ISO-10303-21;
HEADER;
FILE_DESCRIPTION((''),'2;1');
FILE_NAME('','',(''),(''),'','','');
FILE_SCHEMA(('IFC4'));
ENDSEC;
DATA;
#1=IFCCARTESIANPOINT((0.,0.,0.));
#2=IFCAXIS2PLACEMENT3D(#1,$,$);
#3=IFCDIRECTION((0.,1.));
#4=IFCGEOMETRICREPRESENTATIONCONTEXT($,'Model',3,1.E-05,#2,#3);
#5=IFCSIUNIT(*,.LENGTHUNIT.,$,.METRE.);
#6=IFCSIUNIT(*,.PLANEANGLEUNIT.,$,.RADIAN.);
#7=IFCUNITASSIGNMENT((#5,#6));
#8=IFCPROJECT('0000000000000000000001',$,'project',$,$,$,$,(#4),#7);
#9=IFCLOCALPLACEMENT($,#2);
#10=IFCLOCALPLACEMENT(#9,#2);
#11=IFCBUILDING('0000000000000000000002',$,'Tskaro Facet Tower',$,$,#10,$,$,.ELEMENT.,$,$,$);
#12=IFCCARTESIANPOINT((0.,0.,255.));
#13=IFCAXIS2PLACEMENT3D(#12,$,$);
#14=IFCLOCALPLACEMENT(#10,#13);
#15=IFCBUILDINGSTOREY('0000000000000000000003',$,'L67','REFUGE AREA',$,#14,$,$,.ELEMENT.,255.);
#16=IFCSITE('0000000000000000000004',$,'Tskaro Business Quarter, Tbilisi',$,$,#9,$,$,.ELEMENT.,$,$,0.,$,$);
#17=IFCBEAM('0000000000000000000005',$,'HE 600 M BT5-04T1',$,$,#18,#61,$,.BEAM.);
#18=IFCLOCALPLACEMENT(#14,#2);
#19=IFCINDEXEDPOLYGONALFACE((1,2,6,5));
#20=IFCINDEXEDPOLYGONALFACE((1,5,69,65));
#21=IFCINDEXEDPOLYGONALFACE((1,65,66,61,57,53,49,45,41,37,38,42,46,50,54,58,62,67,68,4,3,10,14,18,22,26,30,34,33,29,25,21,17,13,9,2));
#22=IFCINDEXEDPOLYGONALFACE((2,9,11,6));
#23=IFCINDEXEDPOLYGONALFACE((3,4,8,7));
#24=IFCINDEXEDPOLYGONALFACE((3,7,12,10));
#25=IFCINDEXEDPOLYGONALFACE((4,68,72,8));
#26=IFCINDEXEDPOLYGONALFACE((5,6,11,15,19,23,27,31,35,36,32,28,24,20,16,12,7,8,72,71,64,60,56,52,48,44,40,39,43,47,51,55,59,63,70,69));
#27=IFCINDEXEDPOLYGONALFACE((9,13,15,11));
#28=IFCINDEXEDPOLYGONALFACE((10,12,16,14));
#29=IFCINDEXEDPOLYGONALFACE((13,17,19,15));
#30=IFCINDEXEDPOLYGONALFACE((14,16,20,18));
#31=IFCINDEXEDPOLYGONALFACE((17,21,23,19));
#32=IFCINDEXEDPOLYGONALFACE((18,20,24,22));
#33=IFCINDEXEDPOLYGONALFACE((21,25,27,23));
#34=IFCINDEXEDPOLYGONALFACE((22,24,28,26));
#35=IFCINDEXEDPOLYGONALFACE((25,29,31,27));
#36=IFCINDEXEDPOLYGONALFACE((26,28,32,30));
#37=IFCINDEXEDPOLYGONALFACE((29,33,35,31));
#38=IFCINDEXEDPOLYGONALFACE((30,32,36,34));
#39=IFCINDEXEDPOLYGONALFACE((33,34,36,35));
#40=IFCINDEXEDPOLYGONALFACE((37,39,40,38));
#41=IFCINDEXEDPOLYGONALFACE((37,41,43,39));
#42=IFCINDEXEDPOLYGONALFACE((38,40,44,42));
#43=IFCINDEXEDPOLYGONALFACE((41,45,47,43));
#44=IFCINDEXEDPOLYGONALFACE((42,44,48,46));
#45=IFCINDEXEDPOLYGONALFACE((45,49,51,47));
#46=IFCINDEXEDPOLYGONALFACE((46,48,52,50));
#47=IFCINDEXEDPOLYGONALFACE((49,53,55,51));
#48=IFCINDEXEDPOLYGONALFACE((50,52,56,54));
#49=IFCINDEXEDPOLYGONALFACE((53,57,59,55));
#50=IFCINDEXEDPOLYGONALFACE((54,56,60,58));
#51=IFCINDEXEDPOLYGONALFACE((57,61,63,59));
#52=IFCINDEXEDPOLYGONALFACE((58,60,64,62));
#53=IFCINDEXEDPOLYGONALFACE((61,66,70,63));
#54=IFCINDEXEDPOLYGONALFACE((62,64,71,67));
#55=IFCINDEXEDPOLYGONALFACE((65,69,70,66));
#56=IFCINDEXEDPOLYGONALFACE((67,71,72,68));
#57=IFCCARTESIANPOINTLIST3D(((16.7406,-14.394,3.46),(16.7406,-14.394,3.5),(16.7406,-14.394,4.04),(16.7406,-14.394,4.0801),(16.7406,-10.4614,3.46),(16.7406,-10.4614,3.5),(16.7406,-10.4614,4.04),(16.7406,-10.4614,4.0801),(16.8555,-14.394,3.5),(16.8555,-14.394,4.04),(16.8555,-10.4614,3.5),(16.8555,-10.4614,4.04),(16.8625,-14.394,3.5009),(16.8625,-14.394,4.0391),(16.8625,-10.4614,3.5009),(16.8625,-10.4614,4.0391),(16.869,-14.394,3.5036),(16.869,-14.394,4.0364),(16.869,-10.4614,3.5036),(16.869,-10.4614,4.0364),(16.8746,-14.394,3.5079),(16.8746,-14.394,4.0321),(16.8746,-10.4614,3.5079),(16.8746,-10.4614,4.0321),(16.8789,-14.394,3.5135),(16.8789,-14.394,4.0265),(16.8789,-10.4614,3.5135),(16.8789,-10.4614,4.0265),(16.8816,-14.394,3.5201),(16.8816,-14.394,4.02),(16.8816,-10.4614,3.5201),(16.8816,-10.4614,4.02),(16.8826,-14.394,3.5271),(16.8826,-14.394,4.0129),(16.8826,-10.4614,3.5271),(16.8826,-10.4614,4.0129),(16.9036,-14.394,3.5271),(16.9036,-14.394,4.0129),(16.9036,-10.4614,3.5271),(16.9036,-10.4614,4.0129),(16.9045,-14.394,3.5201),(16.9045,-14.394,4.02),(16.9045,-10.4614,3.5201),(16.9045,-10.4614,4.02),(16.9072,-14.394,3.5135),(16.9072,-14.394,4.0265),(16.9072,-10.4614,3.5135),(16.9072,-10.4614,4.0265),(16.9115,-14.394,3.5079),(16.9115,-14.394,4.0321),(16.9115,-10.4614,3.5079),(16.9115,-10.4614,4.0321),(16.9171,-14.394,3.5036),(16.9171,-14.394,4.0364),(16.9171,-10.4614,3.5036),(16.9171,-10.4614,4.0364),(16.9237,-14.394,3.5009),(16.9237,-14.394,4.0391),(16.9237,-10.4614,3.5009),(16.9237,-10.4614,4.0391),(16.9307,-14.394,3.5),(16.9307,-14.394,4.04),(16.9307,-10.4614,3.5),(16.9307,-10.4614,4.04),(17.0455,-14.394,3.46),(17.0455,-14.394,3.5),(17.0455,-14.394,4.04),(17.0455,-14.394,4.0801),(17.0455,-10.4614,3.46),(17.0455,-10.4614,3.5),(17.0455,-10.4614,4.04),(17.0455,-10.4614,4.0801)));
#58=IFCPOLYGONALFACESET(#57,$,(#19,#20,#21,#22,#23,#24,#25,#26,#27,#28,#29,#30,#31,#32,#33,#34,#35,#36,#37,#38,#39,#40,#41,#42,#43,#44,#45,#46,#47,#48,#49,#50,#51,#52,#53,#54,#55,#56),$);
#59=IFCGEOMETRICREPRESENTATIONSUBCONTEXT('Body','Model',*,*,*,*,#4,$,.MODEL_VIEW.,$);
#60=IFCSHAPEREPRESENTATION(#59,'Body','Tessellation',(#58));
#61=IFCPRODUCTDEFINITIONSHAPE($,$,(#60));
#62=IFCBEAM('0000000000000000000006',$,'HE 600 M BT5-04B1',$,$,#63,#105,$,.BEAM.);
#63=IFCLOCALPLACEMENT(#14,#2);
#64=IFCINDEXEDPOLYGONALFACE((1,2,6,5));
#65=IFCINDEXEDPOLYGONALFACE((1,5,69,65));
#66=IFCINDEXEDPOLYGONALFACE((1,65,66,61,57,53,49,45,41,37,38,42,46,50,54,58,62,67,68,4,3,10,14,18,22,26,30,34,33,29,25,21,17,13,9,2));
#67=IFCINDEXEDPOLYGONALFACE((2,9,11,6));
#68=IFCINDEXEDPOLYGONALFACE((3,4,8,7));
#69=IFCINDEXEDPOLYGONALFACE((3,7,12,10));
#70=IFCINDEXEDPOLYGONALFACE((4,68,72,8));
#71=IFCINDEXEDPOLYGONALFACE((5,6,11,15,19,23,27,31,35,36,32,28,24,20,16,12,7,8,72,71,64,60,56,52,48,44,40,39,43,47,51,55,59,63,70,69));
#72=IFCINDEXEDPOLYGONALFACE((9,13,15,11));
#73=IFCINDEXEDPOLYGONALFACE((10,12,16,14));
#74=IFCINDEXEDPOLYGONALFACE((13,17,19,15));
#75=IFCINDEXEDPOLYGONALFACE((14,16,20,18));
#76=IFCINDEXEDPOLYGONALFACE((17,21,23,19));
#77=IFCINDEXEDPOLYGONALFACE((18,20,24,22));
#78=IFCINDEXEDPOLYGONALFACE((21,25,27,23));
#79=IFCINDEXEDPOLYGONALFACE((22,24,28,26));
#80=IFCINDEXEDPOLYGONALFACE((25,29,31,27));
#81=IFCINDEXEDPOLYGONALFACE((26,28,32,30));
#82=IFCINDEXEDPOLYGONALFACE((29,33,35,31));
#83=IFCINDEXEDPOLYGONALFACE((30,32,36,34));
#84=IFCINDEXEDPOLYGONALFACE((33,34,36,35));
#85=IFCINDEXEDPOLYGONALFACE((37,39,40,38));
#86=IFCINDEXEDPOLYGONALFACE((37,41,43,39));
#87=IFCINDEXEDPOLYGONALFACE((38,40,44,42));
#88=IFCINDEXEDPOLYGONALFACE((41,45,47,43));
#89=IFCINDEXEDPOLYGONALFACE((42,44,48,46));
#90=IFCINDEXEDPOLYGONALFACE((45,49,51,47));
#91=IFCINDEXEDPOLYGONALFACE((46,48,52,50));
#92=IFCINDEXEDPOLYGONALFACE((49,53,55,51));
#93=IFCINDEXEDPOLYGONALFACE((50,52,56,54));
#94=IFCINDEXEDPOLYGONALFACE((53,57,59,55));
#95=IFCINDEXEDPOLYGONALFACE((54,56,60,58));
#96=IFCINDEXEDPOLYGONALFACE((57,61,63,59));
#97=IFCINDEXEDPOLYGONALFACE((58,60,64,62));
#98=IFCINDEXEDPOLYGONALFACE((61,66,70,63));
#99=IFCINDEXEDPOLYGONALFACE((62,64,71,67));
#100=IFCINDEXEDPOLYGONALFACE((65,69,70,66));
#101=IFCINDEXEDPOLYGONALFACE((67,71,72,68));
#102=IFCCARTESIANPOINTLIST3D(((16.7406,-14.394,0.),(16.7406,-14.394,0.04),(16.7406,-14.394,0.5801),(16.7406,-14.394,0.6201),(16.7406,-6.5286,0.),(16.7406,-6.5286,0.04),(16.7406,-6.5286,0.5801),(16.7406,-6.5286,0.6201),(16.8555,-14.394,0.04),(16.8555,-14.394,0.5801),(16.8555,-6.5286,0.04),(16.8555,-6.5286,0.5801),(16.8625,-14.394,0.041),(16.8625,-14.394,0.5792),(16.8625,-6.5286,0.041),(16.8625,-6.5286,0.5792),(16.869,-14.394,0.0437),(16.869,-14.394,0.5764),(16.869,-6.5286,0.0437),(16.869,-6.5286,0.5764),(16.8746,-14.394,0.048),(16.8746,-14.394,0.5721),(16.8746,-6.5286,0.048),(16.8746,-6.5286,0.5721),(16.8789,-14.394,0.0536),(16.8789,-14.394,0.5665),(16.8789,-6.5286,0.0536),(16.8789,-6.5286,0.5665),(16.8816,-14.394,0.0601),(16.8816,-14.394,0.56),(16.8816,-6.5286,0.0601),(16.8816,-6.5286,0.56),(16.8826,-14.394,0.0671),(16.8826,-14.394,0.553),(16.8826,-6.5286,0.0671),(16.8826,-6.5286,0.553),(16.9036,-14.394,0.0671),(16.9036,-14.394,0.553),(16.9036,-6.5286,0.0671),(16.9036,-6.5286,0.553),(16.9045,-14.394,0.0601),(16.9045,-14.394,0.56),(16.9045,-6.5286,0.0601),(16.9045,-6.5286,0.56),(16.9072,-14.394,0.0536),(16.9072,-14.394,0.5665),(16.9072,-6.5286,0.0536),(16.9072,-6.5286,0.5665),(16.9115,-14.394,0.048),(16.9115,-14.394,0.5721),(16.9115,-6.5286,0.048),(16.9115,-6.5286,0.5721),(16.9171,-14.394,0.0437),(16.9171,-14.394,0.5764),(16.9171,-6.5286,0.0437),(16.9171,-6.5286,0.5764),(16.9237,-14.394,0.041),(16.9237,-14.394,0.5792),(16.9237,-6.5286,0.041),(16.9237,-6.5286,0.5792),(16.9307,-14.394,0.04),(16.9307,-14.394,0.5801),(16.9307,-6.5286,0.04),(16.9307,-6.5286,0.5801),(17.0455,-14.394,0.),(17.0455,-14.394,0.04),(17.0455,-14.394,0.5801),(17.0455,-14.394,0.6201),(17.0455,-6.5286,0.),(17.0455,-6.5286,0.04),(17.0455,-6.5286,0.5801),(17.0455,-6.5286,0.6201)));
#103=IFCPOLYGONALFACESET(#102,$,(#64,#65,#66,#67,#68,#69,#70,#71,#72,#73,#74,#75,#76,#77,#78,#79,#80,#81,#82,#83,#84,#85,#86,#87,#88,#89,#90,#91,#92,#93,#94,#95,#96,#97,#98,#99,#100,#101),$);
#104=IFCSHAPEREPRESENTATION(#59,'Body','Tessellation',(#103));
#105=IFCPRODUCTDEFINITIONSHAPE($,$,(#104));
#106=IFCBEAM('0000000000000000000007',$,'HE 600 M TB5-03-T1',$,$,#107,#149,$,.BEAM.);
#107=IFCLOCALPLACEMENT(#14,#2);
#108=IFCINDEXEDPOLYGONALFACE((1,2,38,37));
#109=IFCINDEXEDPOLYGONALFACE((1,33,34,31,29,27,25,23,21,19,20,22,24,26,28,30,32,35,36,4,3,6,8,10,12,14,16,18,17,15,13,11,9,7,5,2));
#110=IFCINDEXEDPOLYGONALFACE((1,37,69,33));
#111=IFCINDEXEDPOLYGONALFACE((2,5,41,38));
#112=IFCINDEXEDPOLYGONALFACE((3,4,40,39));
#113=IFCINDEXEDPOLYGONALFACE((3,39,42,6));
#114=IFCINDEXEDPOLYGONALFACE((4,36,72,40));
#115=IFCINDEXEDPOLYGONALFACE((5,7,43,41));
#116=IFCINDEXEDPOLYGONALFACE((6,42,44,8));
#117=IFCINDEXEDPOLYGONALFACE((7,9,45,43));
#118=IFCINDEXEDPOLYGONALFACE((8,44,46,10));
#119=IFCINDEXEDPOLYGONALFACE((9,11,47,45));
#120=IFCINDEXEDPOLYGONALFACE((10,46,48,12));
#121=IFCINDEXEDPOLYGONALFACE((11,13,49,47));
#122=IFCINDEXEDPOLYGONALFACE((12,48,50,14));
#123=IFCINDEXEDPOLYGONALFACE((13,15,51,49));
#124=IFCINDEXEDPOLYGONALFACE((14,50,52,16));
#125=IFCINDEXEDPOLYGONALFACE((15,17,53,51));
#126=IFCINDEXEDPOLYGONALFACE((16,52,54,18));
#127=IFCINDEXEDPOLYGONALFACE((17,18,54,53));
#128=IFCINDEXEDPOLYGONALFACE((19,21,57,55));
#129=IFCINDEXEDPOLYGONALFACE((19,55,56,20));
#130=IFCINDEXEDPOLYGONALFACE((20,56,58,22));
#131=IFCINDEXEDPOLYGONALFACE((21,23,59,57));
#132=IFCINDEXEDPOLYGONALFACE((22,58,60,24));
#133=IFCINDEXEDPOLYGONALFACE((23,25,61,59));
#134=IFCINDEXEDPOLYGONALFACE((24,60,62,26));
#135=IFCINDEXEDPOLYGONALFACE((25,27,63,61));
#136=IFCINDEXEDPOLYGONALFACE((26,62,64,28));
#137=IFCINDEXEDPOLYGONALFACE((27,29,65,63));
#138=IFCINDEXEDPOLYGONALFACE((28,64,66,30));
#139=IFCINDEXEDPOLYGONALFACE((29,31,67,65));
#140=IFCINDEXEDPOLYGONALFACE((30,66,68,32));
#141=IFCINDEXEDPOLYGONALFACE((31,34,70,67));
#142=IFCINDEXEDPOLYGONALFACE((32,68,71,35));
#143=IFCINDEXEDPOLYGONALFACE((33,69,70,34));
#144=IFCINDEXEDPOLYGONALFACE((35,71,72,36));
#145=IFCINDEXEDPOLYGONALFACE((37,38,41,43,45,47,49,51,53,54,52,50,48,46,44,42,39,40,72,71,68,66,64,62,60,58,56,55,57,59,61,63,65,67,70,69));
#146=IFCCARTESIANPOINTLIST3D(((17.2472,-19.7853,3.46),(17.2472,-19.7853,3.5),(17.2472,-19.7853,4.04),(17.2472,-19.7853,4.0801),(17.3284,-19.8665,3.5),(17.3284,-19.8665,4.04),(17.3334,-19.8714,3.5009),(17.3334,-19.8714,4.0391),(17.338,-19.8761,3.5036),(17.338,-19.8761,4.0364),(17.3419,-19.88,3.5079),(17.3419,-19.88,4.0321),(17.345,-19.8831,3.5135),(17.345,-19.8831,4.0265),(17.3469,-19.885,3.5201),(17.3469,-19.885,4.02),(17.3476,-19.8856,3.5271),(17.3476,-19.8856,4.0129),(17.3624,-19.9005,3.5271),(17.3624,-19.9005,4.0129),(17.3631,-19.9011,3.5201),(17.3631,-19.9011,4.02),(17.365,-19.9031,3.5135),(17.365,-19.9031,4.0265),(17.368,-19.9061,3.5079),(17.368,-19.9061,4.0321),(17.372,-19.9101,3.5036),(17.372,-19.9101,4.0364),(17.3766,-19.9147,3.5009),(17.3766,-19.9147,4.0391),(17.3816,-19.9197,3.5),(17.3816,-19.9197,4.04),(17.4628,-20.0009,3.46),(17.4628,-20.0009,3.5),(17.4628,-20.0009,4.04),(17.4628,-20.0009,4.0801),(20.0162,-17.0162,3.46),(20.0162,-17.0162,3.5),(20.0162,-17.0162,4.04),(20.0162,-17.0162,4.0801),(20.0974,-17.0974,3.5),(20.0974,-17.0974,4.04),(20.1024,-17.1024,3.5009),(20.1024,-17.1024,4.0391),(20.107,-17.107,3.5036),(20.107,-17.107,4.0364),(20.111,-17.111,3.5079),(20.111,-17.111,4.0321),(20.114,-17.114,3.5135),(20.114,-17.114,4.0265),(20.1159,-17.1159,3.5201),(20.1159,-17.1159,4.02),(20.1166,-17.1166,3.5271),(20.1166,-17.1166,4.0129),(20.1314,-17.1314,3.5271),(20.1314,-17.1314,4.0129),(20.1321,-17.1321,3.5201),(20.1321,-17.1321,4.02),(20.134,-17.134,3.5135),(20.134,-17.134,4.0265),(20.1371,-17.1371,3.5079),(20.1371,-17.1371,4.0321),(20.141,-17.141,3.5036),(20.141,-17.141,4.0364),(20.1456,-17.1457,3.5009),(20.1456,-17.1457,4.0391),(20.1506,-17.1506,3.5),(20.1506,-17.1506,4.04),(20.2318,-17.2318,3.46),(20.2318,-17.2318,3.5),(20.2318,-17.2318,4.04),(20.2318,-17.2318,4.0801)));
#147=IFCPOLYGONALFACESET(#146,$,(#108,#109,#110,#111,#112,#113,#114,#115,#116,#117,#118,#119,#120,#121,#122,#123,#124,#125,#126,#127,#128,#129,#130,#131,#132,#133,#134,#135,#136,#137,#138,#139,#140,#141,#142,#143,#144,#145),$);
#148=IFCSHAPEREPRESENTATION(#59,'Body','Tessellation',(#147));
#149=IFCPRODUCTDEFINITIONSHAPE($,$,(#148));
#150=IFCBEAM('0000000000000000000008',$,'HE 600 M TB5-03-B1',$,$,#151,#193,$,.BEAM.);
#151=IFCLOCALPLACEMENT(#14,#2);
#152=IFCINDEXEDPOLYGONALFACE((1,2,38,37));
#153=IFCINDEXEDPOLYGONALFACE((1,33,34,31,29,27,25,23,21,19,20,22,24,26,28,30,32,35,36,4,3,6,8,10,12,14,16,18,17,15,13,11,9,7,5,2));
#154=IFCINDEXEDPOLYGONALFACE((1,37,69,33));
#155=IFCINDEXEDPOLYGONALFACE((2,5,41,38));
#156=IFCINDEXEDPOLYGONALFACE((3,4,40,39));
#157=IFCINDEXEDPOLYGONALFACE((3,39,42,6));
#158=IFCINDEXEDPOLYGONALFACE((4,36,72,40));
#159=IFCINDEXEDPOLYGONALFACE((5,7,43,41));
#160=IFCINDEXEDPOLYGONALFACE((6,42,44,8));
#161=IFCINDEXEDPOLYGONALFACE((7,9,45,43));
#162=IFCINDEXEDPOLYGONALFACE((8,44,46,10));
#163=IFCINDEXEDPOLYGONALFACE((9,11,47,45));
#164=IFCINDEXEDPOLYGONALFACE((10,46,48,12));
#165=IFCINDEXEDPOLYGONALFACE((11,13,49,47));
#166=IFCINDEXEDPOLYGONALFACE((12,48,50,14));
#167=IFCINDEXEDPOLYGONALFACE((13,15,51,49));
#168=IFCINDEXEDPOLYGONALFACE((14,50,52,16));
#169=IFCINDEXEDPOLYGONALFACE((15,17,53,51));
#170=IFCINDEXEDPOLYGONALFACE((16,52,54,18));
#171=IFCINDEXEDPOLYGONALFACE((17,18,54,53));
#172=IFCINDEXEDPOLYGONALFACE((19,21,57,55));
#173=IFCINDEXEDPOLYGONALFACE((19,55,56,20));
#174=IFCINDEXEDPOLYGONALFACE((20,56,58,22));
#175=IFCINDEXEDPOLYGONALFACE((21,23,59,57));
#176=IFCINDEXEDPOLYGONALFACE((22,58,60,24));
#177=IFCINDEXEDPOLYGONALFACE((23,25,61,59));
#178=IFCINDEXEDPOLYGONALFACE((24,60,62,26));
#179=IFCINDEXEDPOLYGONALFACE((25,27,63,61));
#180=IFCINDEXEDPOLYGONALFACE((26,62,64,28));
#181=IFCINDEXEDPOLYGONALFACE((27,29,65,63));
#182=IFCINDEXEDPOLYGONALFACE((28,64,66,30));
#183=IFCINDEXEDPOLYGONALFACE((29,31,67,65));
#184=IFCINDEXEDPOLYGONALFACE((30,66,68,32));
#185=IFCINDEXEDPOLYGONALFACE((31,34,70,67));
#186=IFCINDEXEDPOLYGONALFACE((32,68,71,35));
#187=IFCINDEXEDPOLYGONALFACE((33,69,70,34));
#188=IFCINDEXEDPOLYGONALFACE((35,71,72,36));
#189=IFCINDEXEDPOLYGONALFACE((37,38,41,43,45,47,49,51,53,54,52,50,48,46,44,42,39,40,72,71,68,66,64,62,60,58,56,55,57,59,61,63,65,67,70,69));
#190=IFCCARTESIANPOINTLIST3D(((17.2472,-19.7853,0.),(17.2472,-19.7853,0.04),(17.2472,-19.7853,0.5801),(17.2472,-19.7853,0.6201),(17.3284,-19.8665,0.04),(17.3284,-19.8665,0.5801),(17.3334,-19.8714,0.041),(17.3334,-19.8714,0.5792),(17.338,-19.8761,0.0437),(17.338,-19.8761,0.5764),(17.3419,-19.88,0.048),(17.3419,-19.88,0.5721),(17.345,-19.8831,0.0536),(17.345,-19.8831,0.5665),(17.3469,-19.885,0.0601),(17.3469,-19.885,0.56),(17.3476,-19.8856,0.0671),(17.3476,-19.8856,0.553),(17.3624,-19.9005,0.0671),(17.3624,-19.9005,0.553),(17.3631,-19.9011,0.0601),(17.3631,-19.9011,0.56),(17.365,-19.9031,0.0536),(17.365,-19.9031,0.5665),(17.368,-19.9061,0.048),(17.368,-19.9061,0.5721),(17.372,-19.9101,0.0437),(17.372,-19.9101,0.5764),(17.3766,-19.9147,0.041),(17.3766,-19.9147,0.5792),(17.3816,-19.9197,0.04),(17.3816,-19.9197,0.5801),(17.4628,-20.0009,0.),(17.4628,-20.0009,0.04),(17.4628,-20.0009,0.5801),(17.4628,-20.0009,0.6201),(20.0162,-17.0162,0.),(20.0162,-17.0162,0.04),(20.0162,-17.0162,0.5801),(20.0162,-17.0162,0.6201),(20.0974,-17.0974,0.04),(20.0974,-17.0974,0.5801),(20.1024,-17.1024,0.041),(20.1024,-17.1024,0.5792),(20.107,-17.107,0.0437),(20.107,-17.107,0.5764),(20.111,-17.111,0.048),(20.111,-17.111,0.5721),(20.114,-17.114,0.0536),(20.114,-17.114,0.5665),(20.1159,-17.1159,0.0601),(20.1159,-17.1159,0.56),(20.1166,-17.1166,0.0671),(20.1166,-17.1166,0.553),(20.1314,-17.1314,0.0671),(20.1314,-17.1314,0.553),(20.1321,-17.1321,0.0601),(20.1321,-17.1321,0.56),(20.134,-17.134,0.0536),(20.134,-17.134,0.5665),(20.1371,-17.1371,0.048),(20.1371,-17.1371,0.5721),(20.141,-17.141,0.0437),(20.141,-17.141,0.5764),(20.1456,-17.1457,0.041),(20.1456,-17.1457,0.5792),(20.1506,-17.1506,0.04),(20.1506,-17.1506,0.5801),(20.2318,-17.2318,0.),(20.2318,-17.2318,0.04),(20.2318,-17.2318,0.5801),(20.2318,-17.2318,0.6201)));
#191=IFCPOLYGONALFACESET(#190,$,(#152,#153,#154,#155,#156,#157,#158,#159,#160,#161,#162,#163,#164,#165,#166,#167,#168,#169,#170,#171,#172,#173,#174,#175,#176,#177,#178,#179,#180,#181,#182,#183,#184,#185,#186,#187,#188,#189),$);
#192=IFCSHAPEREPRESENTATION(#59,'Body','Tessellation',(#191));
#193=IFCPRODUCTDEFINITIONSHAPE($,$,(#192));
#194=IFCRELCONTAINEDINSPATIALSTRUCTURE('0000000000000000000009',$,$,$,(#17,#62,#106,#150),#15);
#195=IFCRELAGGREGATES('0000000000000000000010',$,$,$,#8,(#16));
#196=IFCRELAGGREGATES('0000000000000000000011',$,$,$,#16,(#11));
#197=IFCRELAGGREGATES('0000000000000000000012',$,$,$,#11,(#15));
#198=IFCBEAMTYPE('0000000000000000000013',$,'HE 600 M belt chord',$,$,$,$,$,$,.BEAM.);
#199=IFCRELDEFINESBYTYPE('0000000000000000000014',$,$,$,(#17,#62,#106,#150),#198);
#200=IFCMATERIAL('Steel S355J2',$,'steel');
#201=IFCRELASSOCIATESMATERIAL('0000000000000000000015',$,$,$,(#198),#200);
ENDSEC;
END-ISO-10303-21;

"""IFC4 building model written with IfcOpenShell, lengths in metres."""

from ifc_helpers import new_model, si_unit, direction, frame, origin, origin_2d, place, context, subcontext, project, spatial, i_section, extrude, material, material_profile, profile_set, type_object, element, save


model = new_model("IFC4")

# Units and contexts
model_context = context("Model", 3, precision=1e-05, world=origin(), true_north=direction((0.0, 1.0)))
body_context = subcontext(model_context, "Body", "Model", "MODEL_VIEW")
ifc_project = project(units=[si_unit("LENGTHUNIT", "METRE"), si_unit("PLANEANGLEUNIT", "RADIAN")], contexts=[model_context])

# Site, building, storey
site_placement = place(None, origin())
site = spatial("IfcSite", under=ifc_project, at=site_placement, Name="Tskaro Business Quarter, Tbilisi", CompositionType="ELEMENT", RefElevation=0.0)
building_placement = place(site_placement, origin())
building = spatial("IfcBuilding", under=site, at=building_placement, Name="Tskaro Facet Tower", CompositionType="ELEMENT")
storey_placement = place(building_placement, frame((0.0, 0.0, 255.0)))
storey = spatial("IfcBuildingStorey", under=building, at=storey_placement, Name="L67", Description="REFUGE AREA", CompositionType="ELEMENT", Elevation=255.0)

# Shared definitions
ifc_material_1 = material(Name="Steel S355J2", Category="steel")

# Beams
ifc_material_profile_1 = material_profile(ifc_material_1, i_section(OverallWidth=0.3049, OverallDepth=0.6201, WebThickness=0.021, FlangeThickness=0.04, FilletRadius=0.0271, at=origin_2d()), Name="HE 600 M")
ifc_profile_set_1 = profile_set([ifc_material_profile_1], Name="Steel S355J2")
beam_type_1 = type_object("IfcBeamType", Name="HE 600 M belt chord", PredefinedType="BEAM", material=ifc_profile_set_1)
beam_1_placement = place(storey_placement, frame((16.8931, -14.394, 3.77), z_axis=(0.0, 1.0, 0.0), x_axis=(-1.0, 0.0, 0.0)))
element("IfcBeam", 1, at=beam_1_placement, inside=storey, type_object=beam_type_1, Name="HE 600 M BT5-04T1", PredefinedType="BEAM", context=body_context, shape_type="SweptSolid", body=[
    extrude(i_section(OverallWidth=0.3049, OverallDepth=0.6201, WebThickness=0.021, FlangeThickness=0.04, FilletRadius=0.0271, at=origin_2d()), origin(), (0.0, 0.0, 1.0), 3.9326),
])
beam_2_placement = place(storey_placement, frame((16.8931, -14.394, 0.3101), z_axis=(0.0, 1.0, 0.0), x_axis=(-1.0, 0.0, 0.0)))
element("IfcBeam", 2, at=beam_2_placement, inside=storey, type_object=beam_type_1, Name="HE 600 M BT5-04B1", PredefinedType="BEAM", context=body_context, shape_type="SweptSolid", body=[
    extrude(i_section(OverallWidth=0.3049, OverallDepth=0.6201, WebThickness=0.021, FlangeThickness=0.04, FilletRadius=0.0271, at=origin_2d()), origin(), (0.0, 0.0, 1.0), 7.8655),
])
for number, where, z_axis, x_axis, name in (
    (3, (17.355, -19.8931, 3.77), (0.707107, 0.707107, 0.0), (-0.707107, 0.707107, 0.0), "HE 600 M TB5-03-T1"),
    (4, (17.355, -19.8931, 0.3101), (0.707107, 0.707107, 0.0), (-0.707107, 0.707107, 0.0), "HE 600 M TB5-03-B1"),
):
    element("IfcBeam", number, at=place(storey_placement, frame(where, z_axis=z_axis, x_axis=x_axis)), inside=storey, type_object=beam_type_1, Name=name, PredefinedType="BEAM", context=body_context, shape_type="SweptSolid", body=[
        extrude(i_section(OverallWidth=0.3049, OverallDepth=0.6201, WebThickness=0.021, FlangeThickness=0.04, FilletRadius=0.0271, at=origin_2d()), origin(), (0.0, 0.0, 1.0), 3.916),
    ])

save(model, "model.ifc")
